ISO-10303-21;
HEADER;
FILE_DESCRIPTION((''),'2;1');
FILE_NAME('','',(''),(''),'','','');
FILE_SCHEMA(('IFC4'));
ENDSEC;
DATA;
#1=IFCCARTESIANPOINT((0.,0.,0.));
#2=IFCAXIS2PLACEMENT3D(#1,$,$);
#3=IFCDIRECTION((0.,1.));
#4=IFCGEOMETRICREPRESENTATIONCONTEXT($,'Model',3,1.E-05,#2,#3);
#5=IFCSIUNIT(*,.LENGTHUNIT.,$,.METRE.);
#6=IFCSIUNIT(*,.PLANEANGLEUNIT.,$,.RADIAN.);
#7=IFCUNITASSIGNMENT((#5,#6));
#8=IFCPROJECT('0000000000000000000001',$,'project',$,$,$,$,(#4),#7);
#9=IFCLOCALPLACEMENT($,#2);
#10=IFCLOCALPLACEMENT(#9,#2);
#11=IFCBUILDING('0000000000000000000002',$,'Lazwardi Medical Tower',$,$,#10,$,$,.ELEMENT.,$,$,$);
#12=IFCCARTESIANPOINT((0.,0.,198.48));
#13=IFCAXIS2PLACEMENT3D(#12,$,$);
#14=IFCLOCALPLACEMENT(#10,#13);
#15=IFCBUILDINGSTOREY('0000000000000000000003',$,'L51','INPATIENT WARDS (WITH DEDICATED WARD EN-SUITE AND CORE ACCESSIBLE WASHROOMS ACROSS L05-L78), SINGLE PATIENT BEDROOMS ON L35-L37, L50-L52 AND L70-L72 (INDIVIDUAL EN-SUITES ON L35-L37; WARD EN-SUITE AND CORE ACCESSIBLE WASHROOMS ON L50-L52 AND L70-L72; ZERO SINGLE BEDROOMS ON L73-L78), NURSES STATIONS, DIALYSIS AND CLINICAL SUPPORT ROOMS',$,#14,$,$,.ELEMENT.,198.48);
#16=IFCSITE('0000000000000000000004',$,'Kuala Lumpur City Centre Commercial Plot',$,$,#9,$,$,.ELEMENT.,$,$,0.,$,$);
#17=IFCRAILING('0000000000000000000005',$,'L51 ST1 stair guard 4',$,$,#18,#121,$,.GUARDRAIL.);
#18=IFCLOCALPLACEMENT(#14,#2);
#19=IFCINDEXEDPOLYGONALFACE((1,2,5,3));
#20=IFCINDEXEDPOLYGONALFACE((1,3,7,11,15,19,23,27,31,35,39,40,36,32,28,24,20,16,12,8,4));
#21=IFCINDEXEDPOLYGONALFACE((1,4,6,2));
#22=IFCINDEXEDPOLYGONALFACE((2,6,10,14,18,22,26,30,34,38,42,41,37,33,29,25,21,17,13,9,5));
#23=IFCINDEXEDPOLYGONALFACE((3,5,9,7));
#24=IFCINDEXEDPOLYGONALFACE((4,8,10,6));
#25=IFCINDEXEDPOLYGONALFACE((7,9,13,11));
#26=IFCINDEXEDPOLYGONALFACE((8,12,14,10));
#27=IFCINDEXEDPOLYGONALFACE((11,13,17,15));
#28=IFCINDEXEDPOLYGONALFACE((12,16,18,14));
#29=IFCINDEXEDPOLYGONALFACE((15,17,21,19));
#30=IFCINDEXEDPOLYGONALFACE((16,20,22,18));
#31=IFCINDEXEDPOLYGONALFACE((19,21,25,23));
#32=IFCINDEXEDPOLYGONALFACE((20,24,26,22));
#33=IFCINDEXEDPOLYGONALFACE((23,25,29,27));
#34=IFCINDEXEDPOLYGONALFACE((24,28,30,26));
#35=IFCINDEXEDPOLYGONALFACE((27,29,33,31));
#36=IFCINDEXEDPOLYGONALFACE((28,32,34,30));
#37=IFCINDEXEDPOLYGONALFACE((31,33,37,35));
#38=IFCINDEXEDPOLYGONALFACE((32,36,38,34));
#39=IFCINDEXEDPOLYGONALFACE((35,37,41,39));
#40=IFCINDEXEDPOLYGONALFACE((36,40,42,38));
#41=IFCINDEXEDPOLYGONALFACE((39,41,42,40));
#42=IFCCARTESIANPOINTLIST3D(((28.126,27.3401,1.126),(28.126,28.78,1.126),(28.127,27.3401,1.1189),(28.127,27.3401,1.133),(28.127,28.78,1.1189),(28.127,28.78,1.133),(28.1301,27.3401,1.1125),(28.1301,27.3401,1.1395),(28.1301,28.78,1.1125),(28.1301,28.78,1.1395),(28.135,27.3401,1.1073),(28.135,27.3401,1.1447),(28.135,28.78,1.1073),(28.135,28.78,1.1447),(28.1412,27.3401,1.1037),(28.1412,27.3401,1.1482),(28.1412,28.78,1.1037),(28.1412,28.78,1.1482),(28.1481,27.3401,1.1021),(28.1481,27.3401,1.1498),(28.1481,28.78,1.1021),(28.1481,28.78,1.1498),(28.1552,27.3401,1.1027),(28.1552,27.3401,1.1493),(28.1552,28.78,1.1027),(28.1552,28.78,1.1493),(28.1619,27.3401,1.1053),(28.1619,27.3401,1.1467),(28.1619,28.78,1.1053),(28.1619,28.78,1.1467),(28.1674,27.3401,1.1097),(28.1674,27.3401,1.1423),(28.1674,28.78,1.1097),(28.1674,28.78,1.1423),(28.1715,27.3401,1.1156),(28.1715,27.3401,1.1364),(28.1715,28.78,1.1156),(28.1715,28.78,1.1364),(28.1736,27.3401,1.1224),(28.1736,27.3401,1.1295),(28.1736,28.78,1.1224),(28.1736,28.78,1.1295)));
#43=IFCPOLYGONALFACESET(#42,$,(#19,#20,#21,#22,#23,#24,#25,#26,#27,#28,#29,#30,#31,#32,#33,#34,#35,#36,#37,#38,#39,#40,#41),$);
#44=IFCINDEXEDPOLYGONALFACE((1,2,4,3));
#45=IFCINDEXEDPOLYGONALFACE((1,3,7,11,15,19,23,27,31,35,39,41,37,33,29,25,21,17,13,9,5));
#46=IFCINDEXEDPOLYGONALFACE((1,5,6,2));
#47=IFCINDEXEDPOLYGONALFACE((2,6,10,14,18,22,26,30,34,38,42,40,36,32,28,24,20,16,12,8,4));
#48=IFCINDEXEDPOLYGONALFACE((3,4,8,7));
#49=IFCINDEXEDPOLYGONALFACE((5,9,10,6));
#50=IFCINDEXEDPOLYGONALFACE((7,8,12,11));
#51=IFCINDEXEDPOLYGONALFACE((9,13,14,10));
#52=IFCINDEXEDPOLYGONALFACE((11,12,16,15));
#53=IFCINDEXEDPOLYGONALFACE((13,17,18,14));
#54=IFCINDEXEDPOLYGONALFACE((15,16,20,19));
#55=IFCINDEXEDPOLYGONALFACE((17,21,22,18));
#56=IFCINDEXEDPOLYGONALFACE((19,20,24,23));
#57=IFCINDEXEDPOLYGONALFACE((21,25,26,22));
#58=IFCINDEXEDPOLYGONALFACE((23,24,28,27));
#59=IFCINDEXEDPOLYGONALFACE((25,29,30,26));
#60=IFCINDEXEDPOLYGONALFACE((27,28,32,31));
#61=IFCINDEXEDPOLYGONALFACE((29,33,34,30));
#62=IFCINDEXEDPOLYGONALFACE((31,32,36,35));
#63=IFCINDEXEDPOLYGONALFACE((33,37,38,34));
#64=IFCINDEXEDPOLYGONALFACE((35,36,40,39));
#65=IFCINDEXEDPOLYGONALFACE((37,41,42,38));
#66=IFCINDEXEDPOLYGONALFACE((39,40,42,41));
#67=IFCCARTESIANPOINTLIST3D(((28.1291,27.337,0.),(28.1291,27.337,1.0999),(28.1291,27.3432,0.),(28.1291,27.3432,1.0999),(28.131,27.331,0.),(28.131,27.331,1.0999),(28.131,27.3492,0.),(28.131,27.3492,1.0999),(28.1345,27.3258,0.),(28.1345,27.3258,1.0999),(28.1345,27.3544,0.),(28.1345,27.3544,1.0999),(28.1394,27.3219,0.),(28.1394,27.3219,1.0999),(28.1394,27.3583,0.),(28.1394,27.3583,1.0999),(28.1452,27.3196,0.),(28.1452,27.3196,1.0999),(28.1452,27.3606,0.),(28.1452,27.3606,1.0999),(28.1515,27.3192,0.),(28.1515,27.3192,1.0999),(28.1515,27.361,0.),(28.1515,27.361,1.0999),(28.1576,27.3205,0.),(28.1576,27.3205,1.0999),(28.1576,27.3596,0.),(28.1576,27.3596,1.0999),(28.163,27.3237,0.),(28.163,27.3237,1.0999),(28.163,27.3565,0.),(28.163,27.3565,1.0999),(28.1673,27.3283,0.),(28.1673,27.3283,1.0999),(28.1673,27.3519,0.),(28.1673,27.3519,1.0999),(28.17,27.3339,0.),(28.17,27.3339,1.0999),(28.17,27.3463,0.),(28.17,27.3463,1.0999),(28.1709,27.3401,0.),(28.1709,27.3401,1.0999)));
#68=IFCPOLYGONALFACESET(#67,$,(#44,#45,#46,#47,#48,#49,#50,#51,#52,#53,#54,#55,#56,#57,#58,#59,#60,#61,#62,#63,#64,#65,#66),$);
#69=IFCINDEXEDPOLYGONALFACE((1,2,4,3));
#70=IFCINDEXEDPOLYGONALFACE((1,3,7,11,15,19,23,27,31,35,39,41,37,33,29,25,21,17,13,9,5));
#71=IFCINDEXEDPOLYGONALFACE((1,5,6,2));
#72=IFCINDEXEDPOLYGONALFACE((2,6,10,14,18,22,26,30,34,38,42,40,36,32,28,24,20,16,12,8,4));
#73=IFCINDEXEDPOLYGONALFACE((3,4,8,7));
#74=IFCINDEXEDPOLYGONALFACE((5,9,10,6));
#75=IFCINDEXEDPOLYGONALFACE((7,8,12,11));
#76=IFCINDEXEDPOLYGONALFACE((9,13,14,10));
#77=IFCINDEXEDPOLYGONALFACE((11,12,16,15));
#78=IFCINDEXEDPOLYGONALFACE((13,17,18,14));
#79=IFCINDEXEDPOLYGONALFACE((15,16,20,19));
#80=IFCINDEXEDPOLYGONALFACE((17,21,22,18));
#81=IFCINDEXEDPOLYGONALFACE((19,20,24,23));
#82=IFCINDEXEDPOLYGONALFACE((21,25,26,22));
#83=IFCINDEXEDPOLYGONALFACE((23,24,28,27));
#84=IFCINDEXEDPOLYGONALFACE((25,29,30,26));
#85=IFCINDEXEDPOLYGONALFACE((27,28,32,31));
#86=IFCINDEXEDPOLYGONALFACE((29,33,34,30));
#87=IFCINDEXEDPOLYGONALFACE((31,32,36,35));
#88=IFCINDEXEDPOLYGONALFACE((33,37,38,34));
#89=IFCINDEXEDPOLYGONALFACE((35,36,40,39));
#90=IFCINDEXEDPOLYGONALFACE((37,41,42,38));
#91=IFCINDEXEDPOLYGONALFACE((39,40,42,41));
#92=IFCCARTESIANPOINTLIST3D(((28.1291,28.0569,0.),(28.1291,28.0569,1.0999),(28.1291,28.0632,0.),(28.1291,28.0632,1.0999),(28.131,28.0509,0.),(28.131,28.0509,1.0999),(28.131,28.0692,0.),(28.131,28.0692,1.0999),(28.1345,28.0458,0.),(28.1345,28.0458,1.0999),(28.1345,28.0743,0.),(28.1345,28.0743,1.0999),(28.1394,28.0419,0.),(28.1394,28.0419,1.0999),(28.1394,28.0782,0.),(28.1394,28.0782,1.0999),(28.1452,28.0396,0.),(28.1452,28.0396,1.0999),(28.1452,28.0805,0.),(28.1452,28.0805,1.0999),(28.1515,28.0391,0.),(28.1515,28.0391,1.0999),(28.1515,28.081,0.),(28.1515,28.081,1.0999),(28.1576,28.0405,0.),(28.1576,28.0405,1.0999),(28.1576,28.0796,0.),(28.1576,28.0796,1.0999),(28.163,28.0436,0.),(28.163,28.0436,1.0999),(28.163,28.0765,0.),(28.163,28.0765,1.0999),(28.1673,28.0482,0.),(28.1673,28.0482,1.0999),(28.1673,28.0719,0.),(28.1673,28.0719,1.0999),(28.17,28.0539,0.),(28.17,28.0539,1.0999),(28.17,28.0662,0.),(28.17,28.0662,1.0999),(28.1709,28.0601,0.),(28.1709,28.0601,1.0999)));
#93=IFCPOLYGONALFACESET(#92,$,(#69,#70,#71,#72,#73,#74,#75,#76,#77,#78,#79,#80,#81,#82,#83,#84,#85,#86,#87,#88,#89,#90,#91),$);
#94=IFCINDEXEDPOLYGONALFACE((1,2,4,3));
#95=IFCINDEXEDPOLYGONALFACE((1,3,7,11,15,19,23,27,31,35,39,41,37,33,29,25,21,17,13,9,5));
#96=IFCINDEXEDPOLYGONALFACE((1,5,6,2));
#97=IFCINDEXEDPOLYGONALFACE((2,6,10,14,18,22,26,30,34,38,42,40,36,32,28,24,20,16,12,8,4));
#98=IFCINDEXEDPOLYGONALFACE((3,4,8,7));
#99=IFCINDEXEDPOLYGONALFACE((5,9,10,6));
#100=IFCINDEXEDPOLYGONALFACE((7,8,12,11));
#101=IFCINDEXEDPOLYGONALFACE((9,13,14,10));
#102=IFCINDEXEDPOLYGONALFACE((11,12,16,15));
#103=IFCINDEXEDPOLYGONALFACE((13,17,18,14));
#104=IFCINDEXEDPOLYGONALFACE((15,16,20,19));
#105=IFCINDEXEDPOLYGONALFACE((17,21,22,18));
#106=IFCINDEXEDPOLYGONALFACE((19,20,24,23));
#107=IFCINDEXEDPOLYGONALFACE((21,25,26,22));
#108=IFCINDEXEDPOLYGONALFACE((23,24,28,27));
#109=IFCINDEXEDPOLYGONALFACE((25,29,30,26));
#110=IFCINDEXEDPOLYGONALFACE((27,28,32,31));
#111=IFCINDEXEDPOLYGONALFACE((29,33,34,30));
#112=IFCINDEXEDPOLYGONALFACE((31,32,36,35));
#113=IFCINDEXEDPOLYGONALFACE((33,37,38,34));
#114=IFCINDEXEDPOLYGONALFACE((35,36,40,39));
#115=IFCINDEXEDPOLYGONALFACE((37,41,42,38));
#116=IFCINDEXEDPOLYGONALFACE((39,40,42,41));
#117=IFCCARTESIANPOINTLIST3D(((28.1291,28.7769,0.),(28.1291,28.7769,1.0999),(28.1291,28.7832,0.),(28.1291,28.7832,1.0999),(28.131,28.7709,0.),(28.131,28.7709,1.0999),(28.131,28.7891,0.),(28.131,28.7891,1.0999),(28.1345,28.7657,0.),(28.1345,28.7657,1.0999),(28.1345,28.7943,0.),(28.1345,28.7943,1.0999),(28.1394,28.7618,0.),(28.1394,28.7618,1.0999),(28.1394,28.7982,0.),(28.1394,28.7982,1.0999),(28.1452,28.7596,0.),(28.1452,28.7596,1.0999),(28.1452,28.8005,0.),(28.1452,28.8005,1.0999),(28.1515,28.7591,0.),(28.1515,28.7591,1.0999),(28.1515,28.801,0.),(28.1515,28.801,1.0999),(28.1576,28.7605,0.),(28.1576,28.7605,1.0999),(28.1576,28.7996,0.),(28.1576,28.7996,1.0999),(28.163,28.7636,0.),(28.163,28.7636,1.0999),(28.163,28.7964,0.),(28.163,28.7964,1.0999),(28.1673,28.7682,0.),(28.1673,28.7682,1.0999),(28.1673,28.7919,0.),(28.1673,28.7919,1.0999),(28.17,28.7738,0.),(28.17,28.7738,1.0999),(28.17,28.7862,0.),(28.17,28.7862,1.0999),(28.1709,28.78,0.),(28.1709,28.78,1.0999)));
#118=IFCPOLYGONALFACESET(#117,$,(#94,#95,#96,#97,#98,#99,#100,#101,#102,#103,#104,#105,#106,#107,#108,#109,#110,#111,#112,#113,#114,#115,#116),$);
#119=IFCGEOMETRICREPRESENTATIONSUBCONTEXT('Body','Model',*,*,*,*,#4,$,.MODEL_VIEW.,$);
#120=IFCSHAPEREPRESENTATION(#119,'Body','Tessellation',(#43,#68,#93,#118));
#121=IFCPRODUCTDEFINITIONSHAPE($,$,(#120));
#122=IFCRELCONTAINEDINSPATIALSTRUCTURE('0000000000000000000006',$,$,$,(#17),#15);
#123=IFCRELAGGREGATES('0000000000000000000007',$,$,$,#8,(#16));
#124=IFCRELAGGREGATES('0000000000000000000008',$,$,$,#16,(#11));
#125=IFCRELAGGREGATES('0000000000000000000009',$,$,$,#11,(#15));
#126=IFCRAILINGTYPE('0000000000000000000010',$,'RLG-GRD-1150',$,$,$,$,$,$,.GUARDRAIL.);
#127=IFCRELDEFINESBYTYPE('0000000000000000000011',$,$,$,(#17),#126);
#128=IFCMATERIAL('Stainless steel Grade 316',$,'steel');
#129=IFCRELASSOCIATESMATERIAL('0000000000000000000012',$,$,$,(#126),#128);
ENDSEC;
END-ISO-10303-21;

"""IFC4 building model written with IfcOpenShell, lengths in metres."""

from ifc_helpers import new_model, si_unit, direction, frame, origin, origin_2d, place, context, subcontext, project, spatial, circle, extrude, material, type_object, element, save


model = new_model("IFC4")

# Units and contexts
model_context = context("Model", 3, precision=1e-05, world=origin(), true_north=direction((0.0, 1.0)))
body_context = subcontext(model_context, "Body", "Model", "MODEL_VIEW")
ifc_project = project(units=[si_unit("LENGTHUNIT", "METRE"), si_unit("PLANEANGLEUNIT", "RADIAN")], contexts=[model_context])

# Site, building, storey
site_placement = place(None, origin())
site = spatial("IfcSite", under=ifc_project, at=site_placement, Name="Kuala Lumpur City Centre Commercial Plot", CompositionType="ELEMENT", RefElevation=0.0)
building_placement = place(site_placement, origin())
building = spatial("IfcBuilding", under=site, at=building_placement, Name="Lazwardi Medical Tower", CompositionType="ELEMENT")
storey_placement = place(building_placement, frame((0.0, 0.0, 198.48)))
storey = spatial("IfcBuildingStorey", under=building, at=storey_placement, Name="L51", Description="INPATIENT WARDS (WITH DEDICATED WARD EN-SUITE AND CORE ACCESSIBLE WASHROOMS ACROSS L05-L78), SINGLE PATIENT BEDROOMS ON L35-L37, L50-L52 AND L70-L72 (INDIVIDUAL EN-SUITES ON L35-L37; WARD EN-SUITE AND CORE ACCESSIBLE WASHROOMS ON L50-L52 AND L70-L72; ZERO SINGLE BEDROOMS ON L73-L78), NURSES STATIONS, DIALYSIS AND CLINICAL SUPPORT ROOMS", CompositionType="ELEMENT", Elevation=198.48)

# Railing
ifc_material_1 = material(Name="Stainless steel Grade 316", Category="steel")
railing_type_1 = type_object("IfcRailingType", Name="RLG-GRD-1150", PredefinedType="GUARDRAIL", material=ifc_material_1)
railing_1_placement = place(storey_placement, frame((28.1499, 27.3401, 0.0)))
element("IfcRailing", 1, at=railing_1_placement, inside=storey, type_object=railing_type_1, Name="L51 ST1 stair guard 4", PredefinedType="GUARDRAIL", context=body_context, shape_type="SweptSolid", body=[
    extrude(circle(Radius=0.0239, at=origin_2d()), frame((0.0, 0.0, 1.126), z_axis=(0.0, 1.0, 0.0), x_axis=(-1.0, 0.0, 0.0)), (0.0, 0.0, 1.0), 1.4399),
    extrude(circle(Radius=0.021, at=origin_2d()), origin(), (0.0, 0.0, 1.0), 1.0999),
    extrude(circle(Radius=0.021, at=origin_2d()), frame((0.0, 0.72, 0.0)), (0.0, 0.0, 1.0), 1.0999),
    extrude(circle(Radius=0.021, at=origin_2d()), frame((0.0, 1.4399, 0.0)), (0.0, 0.0, 1.0), 1.0999),
])

save(model, "model.ifc")
